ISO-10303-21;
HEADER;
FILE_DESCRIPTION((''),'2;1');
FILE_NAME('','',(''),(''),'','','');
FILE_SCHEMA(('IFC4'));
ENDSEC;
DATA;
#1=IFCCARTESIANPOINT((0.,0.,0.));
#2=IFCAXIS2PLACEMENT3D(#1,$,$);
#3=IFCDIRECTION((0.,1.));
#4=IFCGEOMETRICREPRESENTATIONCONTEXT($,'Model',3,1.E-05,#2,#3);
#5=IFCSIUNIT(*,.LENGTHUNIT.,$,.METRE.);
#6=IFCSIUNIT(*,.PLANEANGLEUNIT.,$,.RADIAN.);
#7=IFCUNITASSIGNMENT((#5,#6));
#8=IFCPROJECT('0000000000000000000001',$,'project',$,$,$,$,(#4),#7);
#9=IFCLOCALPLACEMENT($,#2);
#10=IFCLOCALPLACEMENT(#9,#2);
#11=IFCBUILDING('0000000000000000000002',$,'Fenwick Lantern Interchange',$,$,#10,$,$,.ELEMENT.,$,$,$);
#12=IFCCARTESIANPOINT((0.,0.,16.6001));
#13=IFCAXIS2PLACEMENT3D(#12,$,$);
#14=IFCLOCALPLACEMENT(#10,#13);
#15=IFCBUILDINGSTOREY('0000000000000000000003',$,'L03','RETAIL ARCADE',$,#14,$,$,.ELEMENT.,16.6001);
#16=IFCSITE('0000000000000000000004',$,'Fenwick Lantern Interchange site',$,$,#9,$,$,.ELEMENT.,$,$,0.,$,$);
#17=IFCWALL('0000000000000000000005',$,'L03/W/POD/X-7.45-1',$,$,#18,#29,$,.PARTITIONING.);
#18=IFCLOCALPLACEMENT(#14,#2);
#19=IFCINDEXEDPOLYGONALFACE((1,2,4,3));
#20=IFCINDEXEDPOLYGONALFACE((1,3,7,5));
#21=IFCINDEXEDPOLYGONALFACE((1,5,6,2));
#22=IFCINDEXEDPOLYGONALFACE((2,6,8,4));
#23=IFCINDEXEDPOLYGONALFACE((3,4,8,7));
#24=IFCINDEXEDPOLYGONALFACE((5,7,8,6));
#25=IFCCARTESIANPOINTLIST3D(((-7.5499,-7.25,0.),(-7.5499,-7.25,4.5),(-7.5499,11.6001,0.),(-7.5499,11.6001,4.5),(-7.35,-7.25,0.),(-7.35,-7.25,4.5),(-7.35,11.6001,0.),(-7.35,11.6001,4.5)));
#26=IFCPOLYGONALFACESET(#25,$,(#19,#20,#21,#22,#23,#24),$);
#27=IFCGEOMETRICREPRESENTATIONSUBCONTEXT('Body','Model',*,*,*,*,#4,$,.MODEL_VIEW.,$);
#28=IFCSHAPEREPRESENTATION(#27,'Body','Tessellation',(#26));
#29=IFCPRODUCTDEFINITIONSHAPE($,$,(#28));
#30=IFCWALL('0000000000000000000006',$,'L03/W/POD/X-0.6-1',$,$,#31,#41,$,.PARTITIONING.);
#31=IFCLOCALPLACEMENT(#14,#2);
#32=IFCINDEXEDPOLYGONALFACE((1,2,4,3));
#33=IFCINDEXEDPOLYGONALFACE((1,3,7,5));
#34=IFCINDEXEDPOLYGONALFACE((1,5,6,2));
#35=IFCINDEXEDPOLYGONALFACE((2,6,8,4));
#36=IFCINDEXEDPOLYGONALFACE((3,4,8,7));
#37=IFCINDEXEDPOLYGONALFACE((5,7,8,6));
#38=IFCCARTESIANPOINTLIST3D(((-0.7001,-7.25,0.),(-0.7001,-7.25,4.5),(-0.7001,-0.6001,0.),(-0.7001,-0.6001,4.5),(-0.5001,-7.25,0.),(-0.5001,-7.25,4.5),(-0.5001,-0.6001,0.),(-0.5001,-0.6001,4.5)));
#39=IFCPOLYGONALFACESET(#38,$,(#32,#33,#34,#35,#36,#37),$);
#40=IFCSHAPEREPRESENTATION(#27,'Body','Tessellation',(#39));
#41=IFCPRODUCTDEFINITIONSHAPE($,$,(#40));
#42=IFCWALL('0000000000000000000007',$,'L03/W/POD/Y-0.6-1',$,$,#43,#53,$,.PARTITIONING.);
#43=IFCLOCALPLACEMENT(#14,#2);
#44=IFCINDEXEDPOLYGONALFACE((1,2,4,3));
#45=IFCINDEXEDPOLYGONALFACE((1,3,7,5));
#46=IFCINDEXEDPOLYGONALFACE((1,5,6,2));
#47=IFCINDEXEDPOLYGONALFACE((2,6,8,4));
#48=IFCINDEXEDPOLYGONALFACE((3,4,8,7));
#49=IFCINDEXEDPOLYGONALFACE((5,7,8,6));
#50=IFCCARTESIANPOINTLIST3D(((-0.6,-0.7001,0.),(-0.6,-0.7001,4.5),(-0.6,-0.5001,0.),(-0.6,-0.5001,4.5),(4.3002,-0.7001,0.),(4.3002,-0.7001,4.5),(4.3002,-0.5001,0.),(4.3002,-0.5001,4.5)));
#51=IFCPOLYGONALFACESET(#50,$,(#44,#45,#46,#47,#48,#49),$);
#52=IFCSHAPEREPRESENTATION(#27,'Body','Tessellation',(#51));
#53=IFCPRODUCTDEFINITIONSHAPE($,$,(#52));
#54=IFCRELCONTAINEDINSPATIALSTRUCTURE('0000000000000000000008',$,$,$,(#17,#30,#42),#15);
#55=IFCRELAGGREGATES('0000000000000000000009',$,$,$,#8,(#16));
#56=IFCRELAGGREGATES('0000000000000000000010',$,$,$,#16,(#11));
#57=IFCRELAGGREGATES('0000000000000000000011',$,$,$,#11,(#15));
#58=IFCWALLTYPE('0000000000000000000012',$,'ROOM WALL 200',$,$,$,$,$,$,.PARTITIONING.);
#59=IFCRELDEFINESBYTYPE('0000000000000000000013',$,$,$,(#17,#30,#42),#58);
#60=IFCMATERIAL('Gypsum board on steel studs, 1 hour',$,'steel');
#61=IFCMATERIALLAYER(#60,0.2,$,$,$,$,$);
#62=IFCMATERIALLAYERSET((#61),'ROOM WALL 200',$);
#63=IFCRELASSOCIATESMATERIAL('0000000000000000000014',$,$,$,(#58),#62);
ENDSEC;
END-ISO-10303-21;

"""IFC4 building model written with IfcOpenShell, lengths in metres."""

from ifc_helpers import new_model, si_unit, direction, frame, frame_2d, origin, place, context, subcontext, project, spatial, rectangle, extrude, material, layer, layer_set, type_object, element, save


model = new_model("IFC4")

# Units and contexts
model_context = context("Model", 3, precision=1e-05, world=origin(), true_north=direction((0.0, 1.0)))
body_context = subcontext(model_context, "Body", "Model", "MODEL_VIEW")
ifc_project = project(units=[si_unit("LENGTHUNIT", "METRE"), si_unit("PLANEANGLEUNIT", "RADIAN")], contexts=[model_context])

# Site, building, storey
site_placement = place(None, origin())
site = spatial("IfcSite", under=ifc_project, at=site_placement, Name="Fenwick Lantern Interchange site", CompositionType="ELEMENT", RefElevation=0.0)
building_placement = place(site_placement, origin())
building = spatial("IfcBuilding", under=site, at=building_placement, Name="Fenwick Lantern Interchange", CompositionType="ELEMENT")
storey_placement = place(building_placement, frame((0.0, 0.0, 16.6001)))
storey = spatial("IfcBuildingStorey", under=building, at=storey_placement, Name="L03", Description="RETAIL ARCADE", CompositionType="ELEMENT", Elevation=16.6001)

# Walls
ifc_material_1 = material(Name="Gypsum board on steel studs, 1 hour", Category="steel")
ifc_layer_1 = layer(ifc_material_1, 0.2)
ifc_layer_set_1 = layer_set([ifc_layer_1], Name="ROOM WALL 200")
wall_type_1 = type_object("IfcWallType", Name="ROOM WALL 200", PredefinedType="PARTITIONING", material=ifc_layer_set_1)
wall_1_placement = place(storey_placement, frame((-7.45, -7.25, 0.0), z_axis=(0.0, 0.0, 1.0), x_axis=(0.0, 1.0, 0.0)))
element("IfcWall", 1, at=wall_1_placement, inside=storey, type_object=wall_type_1, Name="L03/W/POD/X-7.45-1", PredefinedType="PARTITIONING", context=body_context, shape_type="SweptSolid", body=[
    extrude(rectangle(XDim=18.8501, YDim=0.2, at=frame_2d((9.425, 0.0))), origin(), (0.0, 0.0, 1.0), 4.5),
])
wall_2_placement = place(storey_placement, frame((-0.6001, -7.25, 0.0), z_axis=(0.0, 0.0, 1.0), x_axis=(0.0, 1.0, 0.0)))
element("IfcWall", 2, at=wall_2_placement, inside=storey, type_object=wall_type_1, Name="L03/W/POD/X-0.6-1", PredefinedType="PARTITIONING", context=body_context, shape_type="SweptSolid", body=[
    extrude(rectangle(XDim=6.6499, YDim=0.2, at=frame_2d((3.325, 0.0))), origin(), (0.0, 0.0, 1.0), 4.5),
])
wall_3_placement = place(storey_placement, frame((-0.6001, -0.6001, 0.0), z_axis=(0.0, 0.0, 1.0), x_axis=(1.0, 0.0, 0.0)))
element("IfcWall", 3, at=wall_3_placement, inside=storey, type_object=wall_type_1, Name="L03/W/POD/Y-0.6-1", PredefinedType="PARTITIONING", context=body_context, shape_type="SweptSolid", body=[
    extrude(rectangle(XDim=4.9001, YDim=0.2, at=frame_2d((2.4502, 0.0))), origin(), (0.0, 0.0, 1.0), 4.5),
])

save(model, "model.ifc")
